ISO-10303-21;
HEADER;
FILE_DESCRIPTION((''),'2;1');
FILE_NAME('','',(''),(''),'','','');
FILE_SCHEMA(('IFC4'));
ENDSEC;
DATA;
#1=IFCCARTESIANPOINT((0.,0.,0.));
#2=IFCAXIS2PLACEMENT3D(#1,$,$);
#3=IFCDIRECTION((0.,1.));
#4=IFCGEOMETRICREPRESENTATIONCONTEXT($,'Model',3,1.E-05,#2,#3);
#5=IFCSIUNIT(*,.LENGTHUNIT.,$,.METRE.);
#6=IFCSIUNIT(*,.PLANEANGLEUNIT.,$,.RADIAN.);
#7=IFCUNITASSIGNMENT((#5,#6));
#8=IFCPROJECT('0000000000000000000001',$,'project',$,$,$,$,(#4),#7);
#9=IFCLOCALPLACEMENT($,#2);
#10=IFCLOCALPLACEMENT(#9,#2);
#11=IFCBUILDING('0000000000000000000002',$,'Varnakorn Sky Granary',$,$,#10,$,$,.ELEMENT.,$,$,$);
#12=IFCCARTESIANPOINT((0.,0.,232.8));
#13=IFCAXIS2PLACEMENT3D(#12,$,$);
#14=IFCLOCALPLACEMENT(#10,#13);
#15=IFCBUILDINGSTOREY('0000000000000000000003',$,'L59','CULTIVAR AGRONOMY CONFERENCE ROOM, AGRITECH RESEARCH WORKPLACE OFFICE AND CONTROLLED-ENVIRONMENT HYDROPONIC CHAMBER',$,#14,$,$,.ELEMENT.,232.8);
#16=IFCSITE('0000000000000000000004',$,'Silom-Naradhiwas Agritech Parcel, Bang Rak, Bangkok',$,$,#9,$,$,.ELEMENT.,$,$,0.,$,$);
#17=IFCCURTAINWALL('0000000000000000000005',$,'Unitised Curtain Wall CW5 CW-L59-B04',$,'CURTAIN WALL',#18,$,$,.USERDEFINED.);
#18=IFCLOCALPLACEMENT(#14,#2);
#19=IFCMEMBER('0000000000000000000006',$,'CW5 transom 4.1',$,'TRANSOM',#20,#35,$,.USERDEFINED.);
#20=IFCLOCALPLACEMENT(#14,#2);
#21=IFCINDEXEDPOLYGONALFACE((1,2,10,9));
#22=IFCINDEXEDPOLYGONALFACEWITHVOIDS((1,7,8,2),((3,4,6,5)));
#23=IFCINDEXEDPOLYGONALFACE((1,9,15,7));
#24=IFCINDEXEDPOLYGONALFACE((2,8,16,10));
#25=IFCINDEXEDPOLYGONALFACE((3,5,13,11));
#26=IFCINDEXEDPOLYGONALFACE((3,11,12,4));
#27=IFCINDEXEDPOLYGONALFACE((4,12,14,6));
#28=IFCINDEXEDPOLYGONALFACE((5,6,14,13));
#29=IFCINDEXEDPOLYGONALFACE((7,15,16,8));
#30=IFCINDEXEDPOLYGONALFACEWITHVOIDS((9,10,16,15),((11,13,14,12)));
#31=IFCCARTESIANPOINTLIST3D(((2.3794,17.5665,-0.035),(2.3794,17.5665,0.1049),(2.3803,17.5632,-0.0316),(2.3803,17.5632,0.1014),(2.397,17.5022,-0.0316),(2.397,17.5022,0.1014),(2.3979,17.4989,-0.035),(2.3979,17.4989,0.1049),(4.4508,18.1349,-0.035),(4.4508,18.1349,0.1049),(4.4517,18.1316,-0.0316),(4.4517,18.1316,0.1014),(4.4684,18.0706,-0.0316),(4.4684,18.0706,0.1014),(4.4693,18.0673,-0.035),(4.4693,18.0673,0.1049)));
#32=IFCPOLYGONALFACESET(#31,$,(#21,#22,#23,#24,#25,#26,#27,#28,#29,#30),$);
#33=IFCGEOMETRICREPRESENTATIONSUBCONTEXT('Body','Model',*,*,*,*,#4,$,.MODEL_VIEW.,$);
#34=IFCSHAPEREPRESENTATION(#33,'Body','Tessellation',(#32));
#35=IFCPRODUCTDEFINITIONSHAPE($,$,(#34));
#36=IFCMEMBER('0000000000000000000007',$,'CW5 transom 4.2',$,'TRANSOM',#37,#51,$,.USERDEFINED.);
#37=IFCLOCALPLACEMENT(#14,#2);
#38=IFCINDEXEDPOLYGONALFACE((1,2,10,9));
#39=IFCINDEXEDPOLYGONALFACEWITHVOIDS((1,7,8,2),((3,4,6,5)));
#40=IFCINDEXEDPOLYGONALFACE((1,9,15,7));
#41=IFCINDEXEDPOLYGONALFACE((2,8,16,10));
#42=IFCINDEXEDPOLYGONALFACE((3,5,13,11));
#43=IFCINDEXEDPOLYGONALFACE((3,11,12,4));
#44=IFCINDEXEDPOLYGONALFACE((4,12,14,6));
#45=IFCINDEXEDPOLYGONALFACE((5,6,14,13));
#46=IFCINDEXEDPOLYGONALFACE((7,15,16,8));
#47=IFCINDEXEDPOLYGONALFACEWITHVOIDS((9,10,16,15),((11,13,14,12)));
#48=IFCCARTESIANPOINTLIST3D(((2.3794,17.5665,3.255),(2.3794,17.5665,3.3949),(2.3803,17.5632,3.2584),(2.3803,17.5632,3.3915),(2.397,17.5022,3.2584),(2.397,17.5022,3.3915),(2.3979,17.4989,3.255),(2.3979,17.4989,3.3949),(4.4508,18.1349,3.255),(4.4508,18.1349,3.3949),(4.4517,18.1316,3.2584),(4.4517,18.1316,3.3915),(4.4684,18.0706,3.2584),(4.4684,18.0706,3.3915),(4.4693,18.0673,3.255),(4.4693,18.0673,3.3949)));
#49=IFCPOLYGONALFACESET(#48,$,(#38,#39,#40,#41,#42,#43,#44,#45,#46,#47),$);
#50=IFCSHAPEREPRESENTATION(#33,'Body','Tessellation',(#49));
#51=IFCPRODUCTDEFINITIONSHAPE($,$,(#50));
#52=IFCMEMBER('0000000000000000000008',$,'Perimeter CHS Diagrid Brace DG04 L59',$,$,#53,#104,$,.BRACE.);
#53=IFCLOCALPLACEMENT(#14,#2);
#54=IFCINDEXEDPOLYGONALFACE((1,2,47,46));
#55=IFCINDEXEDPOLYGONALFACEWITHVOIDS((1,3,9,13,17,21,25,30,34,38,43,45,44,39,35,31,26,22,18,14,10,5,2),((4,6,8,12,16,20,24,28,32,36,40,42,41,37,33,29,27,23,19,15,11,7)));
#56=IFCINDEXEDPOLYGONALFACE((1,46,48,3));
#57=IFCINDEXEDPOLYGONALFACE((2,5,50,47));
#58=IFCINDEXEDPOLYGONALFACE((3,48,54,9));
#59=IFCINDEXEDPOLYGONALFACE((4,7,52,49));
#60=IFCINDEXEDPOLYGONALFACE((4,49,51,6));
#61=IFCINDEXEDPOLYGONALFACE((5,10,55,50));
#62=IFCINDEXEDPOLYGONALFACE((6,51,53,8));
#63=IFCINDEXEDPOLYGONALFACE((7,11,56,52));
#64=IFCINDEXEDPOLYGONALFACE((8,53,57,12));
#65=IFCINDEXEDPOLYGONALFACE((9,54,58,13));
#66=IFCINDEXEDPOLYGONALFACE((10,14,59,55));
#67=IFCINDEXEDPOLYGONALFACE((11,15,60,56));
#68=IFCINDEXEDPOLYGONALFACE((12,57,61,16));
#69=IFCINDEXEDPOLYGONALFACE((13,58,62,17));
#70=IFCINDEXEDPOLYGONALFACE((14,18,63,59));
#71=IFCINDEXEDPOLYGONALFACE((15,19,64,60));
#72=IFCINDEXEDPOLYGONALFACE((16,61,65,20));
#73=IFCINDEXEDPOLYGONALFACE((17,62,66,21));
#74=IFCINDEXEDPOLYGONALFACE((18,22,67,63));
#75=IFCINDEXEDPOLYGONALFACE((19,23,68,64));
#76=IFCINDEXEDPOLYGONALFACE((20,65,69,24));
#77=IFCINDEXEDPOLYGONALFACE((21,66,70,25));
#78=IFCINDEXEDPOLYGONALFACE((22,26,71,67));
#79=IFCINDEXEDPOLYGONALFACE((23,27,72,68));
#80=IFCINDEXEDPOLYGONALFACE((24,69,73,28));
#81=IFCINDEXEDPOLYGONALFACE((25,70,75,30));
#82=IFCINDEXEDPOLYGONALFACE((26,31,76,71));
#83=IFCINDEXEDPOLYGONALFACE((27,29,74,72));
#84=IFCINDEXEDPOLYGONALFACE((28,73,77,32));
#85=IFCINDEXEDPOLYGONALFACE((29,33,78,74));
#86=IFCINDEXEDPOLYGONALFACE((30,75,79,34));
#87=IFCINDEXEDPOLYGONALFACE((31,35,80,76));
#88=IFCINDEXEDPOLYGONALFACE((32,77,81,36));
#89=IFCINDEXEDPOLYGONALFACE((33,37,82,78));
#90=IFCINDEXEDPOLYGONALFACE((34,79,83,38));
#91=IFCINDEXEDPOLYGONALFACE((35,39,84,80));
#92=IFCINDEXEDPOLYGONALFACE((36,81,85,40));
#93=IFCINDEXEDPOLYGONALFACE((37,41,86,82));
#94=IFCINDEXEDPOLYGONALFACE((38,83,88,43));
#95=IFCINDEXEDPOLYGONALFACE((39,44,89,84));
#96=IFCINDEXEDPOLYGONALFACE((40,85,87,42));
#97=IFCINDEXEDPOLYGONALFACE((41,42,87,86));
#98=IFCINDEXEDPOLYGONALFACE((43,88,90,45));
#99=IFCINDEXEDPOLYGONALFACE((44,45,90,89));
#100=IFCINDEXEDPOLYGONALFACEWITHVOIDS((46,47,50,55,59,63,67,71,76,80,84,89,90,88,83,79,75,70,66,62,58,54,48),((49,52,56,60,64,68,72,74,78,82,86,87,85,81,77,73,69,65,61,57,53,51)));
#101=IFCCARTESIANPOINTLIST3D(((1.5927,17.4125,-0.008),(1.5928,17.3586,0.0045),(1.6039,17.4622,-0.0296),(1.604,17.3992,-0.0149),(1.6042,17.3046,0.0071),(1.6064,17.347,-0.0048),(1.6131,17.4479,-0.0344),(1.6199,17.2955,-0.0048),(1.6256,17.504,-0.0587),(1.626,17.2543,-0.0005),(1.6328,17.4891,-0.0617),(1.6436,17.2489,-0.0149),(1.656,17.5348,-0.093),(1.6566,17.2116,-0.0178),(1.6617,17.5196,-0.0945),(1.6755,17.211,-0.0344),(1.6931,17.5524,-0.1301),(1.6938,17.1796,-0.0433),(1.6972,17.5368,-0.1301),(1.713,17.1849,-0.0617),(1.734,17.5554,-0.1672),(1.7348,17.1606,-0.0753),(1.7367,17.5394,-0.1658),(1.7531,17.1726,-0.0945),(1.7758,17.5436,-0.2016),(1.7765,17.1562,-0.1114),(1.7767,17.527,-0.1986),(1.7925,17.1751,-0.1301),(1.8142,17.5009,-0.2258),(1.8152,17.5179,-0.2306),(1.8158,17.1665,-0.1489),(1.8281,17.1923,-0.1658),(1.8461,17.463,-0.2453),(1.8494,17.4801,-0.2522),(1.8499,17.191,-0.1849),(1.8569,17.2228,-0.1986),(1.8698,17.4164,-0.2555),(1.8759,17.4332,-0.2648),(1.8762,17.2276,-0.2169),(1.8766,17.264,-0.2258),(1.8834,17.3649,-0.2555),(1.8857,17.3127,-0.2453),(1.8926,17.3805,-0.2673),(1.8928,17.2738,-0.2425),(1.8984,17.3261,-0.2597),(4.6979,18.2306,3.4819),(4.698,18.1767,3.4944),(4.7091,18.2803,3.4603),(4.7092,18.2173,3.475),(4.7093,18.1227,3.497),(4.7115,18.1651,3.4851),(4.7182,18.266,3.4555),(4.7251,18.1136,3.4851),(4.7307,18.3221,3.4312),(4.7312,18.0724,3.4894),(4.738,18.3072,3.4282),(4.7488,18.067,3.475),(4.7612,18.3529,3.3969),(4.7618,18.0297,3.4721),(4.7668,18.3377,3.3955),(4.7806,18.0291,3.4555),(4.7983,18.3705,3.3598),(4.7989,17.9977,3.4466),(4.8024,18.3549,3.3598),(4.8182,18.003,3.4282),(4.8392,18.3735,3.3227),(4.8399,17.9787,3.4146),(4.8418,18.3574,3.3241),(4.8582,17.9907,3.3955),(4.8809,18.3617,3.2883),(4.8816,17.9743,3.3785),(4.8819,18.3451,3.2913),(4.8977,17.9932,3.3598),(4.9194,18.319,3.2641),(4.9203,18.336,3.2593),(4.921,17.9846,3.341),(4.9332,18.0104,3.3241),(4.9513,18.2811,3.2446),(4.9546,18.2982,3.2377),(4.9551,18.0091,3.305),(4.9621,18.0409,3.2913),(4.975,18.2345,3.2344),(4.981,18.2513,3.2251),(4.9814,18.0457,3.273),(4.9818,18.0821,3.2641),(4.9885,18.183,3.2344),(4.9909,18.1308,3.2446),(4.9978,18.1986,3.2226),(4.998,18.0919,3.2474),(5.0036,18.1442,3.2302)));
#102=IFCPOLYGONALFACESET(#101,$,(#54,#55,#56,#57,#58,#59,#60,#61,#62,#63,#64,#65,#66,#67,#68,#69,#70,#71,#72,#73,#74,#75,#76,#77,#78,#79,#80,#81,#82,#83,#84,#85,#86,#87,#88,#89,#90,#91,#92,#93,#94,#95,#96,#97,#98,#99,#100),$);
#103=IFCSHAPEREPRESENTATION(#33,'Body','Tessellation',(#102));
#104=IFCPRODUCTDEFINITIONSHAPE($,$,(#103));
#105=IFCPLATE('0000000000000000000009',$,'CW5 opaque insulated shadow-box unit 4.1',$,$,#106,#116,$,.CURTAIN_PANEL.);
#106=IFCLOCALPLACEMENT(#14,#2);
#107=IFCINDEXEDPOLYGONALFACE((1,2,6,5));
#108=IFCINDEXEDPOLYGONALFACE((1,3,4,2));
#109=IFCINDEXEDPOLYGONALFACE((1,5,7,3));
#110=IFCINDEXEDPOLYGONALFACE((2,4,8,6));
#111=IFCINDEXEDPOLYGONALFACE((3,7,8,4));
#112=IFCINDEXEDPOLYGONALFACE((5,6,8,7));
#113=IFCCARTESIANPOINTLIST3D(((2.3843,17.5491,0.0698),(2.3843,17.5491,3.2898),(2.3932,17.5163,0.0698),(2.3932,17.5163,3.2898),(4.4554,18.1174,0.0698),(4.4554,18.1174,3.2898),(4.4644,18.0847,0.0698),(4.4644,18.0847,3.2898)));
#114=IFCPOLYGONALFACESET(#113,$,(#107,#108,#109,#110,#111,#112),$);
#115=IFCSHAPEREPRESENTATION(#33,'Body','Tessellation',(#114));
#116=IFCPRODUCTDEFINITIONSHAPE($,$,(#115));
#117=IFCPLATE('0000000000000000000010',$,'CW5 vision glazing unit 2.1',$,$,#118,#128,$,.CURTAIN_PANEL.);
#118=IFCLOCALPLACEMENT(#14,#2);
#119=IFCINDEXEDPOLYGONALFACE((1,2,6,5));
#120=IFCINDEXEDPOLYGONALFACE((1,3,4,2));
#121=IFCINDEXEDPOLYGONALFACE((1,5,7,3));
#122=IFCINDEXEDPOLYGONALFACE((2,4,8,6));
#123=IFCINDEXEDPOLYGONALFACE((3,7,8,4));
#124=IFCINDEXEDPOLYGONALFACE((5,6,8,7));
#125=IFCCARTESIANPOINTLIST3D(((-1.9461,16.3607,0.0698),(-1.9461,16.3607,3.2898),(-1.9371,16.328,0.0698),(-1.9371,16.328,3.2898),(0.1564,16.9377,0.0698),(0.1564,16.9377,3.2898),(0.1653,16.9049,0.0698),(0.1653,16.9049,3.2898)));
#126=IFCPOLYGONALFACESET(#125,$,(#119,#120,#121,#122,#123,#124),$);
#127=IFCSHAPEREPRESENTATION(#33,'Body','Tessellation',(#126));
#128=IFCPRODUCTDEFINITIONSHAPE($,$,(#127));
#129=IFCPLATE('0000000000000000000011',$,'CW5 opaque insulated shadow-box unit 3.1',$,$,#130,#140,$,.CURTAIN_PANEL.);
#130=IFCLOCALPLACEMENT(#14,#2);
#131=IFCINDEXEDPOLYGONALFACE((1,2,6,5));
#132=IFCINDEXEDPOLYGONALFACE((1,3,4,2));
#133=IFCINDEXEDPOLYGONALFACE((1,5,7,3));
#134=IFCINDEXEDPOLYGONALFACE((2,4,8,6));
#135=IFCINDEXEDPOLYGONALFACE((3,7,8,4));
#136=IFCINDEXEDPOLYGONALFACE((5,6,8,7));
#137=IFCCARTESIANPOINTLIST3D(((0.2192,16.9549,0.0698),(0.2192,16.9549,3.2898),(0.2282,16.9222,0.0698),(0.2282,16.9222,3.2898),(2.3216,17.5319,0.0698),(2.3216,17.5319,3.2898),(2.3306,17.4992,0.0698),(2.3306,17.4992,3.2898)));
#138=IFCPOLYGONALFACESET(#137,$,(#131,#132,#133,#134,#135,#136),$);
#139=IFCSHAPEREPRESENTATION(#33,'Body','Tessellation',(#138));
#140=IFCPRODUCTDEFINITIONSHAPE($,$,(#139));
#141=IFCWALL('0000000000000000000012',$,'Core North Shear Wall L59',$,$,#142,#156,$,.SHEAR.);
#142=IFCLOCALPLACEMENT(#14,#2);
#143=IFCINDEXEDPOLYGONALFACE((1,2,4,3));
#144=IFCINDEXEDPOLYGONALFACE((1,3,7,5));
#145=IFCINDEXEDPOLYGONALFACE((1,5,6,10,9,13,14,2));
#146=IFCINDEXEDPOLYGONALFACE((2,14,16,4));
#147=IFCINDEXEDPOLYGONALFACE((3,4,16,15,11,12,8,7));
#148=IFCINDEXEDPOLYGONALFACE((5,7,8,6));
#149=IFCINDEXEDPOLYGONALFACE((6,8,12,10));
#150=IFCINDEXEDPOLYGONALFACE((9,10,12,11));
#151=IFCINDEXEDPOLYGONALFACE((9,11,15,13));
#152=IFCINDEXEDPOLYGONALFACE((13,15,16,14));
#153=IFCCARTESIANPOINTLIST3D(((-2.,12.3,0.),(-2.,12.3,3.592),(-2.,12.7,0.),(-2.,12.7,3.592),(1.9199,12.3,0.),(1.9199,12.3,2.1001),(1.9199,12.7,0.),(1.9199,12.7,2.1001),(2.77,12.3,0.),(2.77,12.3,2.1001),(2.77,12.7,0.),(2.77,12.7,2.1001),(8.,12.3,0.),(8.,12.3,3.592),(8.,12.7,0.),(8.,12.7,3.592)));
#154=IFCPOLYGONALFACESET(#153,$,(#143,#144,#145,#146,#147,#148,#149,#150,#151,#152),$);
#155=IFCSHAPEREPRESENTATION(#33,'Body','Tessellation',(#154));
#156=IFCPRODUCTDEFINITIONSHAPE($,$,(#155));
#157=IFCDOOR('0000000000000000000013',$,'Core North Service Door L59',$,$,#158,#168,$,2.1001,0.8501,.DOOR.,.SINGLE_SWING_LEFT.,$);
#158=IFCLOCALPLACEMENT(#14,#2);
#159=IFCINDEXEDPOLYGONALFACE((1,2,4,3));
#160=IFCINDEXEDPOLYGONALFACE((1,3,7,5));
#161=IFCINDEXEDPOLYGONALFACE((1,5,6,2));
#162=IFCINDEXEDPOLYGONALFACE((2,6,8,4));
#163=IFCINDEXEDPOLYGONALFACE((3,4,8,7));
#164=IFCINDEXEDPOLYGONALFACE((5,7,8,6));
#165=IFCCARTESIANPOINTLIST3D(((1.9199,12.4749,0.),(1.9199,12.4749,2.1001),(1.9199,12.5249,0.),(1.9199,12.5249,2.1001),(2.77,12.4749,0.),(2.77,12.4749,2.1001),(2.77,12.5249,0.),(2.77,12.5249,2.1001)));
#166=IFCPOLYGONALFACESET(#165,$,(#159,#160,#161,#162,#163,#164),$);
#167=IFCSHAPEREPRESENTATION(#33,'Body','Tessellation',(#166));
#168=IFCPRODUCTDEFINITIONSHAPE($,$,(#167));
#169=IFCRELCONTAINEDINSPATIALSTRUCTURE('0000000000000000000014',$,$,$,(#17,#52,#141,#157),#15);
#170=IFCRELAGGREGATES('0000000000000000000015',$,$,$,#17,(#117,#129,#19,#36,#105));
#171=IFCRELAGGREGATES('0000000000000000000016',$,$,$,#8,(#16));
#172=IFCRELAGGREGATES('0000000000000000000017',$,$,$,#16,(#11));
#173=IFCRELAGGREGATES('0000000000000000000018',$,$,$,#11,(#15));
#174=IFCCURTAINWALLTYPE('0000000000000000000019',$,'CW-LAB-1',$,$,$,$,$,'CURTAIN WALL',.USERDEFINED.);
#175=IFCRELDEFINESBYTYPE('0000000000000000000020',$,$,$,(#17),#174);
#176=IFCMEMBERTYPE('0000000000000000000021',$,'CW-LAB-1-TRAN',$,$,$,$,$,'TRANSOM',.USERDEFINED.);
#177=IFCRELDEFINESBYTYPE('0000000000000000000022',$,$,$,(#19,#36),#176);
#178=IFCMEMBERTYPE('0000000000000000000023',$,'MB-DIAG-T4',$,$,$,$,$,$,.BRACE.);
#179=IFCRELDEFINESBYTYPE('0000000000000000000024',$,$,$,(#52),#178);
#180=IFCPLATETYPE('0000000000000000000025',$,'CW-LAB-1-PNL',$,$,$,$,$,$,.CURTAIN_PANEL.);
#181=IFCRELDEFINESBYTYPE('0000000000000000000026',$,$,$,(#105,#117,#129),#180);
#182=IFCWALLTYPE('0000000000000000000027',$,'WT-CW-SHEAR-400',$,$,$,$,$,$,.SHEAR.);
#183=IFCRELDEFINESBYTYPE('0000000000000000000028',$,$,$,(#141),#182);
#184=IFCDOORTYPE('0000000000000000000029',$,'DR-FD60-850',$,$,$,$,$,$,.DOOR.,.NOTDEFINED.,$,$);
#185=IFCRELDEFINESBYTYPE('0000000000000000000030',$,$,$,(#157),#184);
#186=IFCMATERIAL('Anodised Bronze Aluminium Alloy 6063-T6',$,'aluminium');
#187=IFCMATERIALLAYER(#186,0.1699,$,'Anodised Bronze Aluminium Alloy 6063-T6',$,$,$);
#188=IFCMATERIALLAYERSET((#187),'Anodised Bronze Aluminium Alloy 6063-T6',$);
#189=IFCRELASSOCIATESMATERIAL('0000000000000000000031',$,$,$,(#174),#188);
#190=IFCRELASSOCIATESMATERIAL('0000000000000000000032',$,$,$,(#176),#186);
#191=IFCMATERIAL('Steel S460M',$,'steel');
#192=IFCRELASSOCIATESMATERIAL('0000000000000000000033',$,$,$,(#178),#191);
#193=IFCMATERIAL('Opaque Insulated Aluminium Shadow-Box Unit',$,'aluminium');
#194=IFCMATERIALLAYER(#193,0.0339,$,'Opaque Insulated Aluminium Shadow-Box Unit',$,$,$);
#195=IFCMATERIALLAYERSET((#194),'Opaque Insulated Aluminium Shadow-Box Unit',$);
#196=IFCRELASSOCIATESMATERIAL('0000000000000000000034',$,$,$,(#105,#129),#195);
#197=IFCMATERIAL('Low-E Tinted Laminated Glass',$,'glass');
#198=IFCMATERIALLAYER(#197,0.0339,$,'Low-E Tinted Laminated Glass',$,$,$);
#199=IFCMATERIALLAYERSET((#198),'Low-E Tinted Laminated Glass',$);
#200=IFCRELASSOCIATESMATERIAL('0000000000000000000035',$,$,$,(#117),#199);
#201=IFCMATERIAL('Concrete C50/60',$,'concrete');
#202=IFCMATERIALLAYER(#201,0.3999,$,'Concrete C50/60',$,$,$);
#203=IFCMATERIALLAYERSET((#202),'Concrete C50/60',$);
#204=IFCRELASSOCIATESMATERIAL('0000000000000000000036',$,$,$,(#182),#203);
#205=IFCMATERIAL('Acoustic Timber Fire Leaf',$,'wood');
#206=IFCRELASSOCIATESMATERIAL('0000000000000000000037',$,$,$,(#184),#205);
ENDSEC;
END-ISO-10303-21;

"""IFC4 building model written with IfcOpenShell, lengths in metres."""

from ifc_helpers import new_model, si_unit, direction, frame, frame_2d, origin, origin_2d, place, context, subcontext, project, spatial, rectangle, hollow_rectangle, hollow_circle, extrude, source, transform, mapped, material, layer, layer_set, material_profile, profile_set, type_object, type_shapes, element, fill, aggregate, save


model = new_model("IFC4")

# Units and contexts
model_context = context("Model", 3, precision=1e-05, world=origin(), true_north=direction((0.0, 1.0)))
body_context = subcontext(model_context, "Body", "Model", "MODEL_VIEW")
ifc_project = project(units=[si_unit("LENGTHUNIT", "METRE"), si_unit("PLANEANGLEUNIT", "RADIAN")], contexts=[model_context])

# Site, building, storey
site_placement = place(None, origin())
site = spatial("IfcSite", under=ifc_project, at=site_placement, Name="Silom-Naradhiwas Agritech Parcel, Bang Rak, Bangkok", CompositionType="ELEMENT", RefElevation=0.0)
building_placement = place(site_placement, origin())
building = spatial("IfcBuilding", under=site, at=building_placement, Name="Varnakorn Sky Granary", CompositionType="ELEMENT")
storey_placement = place(building_placement, frame((0.0, 0.0, 232.8)))
storey = spatial("IfcBuildingStorey", under=building, at=storey_placement, Name="L59", Description="CULTIVAR AGRONOMY CONFERENCE ROOM, AGRITECH RESEARCH WORKPLACE OFFICE AND CONTROLLED-ENVIRONMENT HYDROPONIC CHAMBER", CompositionType="ELEMENT", Elevation=232.8)

# Curtain wall, members
ifc_material_1 = material(Name="Anodised Bronze Aluminium Alloy 6063-T6", Category="aluminium")
ifc_layer_1 = layer(ifc_material_1, 0.1699, Name="Anodised Bronze Aluminium Alloy 6063-T6")
ifc_layer_set_1 = layer_set([ifc_layer_1], Name="Anodised Bronze Aluminium Alloy 6063-T6")
curtain_wall_type = type_object("IfcCurtainWallType", Name="CW-LAB-1", ElementType="CURTAIN WALL", PredefinedType="USERDEFINED", material=ifc_layer_set_1)
curtain_wall_placement = place(storey_placement, origin())
curtain_wall = element("IfcCurtainWall", 1, at=curtain_wall_placement, inside=storey, type_object=curtain_wall_type, Name="Unitised Curtain Wall CW5 CW-L59-B04", ObjectType="CURTAIN WALL", PredefinedType="USERDEFINED")
ifc_material_profile_1 = material_profile(ifc_material_1, hollow_rectangle(XDim=0.0701, YDim=0.1399, WallThickness=0.0034, at=origin_2d()), Name="ALU TRAN 70x140")
ifc_profile_set_1 = profile_set([ifc_material_profile_1], Name="Anodised Bronze Aluminium Alloy 6063-T6")
member_type_1 = type_object("IfcMemberType", Name="CW-LAB-1-TRAN", ElementType="TRANSOM", PredefinedType="USERDEFINED", material=ifc_profile_set_1)
member_1_placement = place(storey_placement, frame((2.3887, 17.5327, 0.0349), z_axis=(0.964353, 0.264617, 0.0), x_axis=(-0.264617, 0.964353, 0.0)))
member_1 = element("IfcMember", 2, at=member_1_placement, type_object=member_type_1, Name="CW5 transom 4.1", ObjectType="TRANSOM", PredefinedType="USERDEFINED", context=body_context, shape_type="SweptSolid", body=[
    extrude(hollow_rectangle(XDim=0.0701, YDim=0.1399, WallThickness=0.0034, at=origin_2d()), origin(), (0.0, 0.0, 1.0), 2.1479),
])
member_2_placement = place(storey_placement, frame((2.3887, 17.5327, 3.325), z_axis=(0.964353, 0.264617, 0.0), x_axis=(-0.264617, 0.964353, 0.0)))
member_2 = element("IfcMember", 3, at=member_2_placement, type_object=member_type_1, Name="CW5 transom 4.2", ObjectType="TRANSOM", PredefinedType="USERDEFINED", context=body_context, shape_type="SweptSolid", body=[
    extrude(hollow_rectangle(XDim=0.0701, YDim=0.1399, WallThickness=0.0034, at=origin_2d()), origin(), (0.0, 0.0, 1.0), 2.1479),
])

# Member
ifc_material_2 = material(Name="Steel S460M", Category="steel")
ifc_material_profile_2 = material_profile(ifc_material_2, hollow_circle(Radius=0.2031, WallThickness=0.0161, at=origin_2d()), Name="CHS 406.4x16")
ifc_profile_set_2 = profile_set([ifc_material_profile_2], Name="Steel S460M")
member_type_2 = type_object("IfcMemberType", Name="MB-DIAG-T4", PredefinedType="BRACE", material=ifc_profile_set_2)
member_3_placement = place(storey_placement, frame((1.7449, 17.356, -0.1301), z_axis=(0.654759, 0.172505, 0.735889), x_axis=(-0.25477, 0.967002, 0.0)))
element("IfcMember", 4, at=member_3_placement, inside=storey, type_object=member_type_2, Name="Perimeter CHS Diagrid Brace DG04 L59", PredefinedType="BRACE", context=body_context, shape_type="SweptSolid", body=[
    extrude(hollow_circle(Radius=0.2031, WallThickness=0.0161, at=origin_2d()), origin(), (0.0, 0.0, 1.0), 4.7424),
])

# Plates
ifc_material_3 = material(Name="Opaque Insulated Aluminium Shadow-Box Unit", Category="aluminium")
ifc_layer_2 = layer(ifc_material_3, 0.0339, Name="Opaque Insulated Aluminium Shadow-Box Unit")
ifc_layer_set_2 = layer_set([ifc_layer_2], Name="Opaque Insulated Aluminium Shadow-Box Unit")
plate_type = type_object("IfcPlateType", Name="CW-LAB-1-PNL", PredefinedType="CURTAIN_PANEL")
shared_shape_1 = source(origin(), body_context, "Body", "SweptSolid", [
    extrude(rectangle(XDim=2.1477, YDim=0.0339, at=origin_2d()), origin(), (0.0, 0.0, 1.0), 3.22),
])
plate_1_placement = place(storey_placement, frame((3.4243, 17.8169, 0.0698), z_axis=(0.0, 0.0, 1.0), x_axis=(0.964347, 0.26464, 0.0)))
plate_1 = element("IfcPlate", 5, at=plate_1_placement, type_object=plate_type, material=ifc_layer_set_2, Name="CW5 opaque insulated shadow-box unit 4.1", PredefinedType="CURTAIN_PANEL", context=body_context, shape_type="MappedRepresentation", body=[
    mapped(shared_shape_1, transform((0.0, 0.0, 0.0), x_axis=(1.0, 0.0, 0.0), y_axis=(0.0, 1.0, 0.0), z_axis=(0.0, 0.0, 1.0), scale=1.0)),
])
ifc_material_4 = material(Name="Low-E Tinted Laminated Glass", Category="glass")
ifc_layer_3 = layer(ifc_material_4, 0.0339, Name="Low-E Tinted Laminated Glass")
ifc_layer_set_3 = layer_set([ifc_layer_3], Name="Low-E Tinted Laminated Glass")
shared_shape_2 = source(origin(), body_context, "Body", "SweptSolid", [
    extrude(rectangle(XDim=2.1802, YDim=0.0339, at=origin_2d()), origin(), (0.0, 0.0, 1.0), 3.22),
])
type_shapes(plate_type, [shared_shape_1, shared_shape_2])
plate_2_placement = place(storey_placement, frame((-0.8904, 16.6328, 0.0698), z_axis=(0.0, 0.0, 1.0), x_axis=(0.964347, 0.26464, 0.0)))
plate_2 = element("IfcPlate", 6, at=plate_2_placement, type_object=plate_type, material=ifc_layer_set_3, Name="CW5 vision glazing unit 2.1", PredefinedType="CURTAIN_PANEL", context=body_context, shape_type="MappedRepresentation", body=[
    mapped(shared_shape_2, transform((0.0, 0.0, 0.0), x_axis=(1.0, 0.0, 0.0), y_axis=(0.0, 1.0, 0.0), z_axis=(0.0, 0.0, 1.0), scale=1.0)),
])
plate_3_placement = place(storey_placement, frame((1.2749, 17.2271, 0.0698), z_axis=(0.0, 0.0, 1.0), x_axis=(0.964347, 0.26464, 0.0)))
plate_3 = element("IfcPlate", 7, at=plate_3_placement, type_object=plate_type, material=ifc_layer_set_2, Name="CW5 opaque insulated shadow-box unit 3.1", PredefinedType="CURTAIN_PANEL", context=body_context, shape_type="MappedRepresentation", body=[
    mapped(shared_shape_2, transform((0.0, 0.0, 0.0), x_axis=(1.0, 0.0, 0.0), y_axis=(0.0, 1.0, 0.0), z_axis=(0.0, 0.0, 1.0), scale=1.0)),
])
aggregate(curtain_wall, [plate_2, plate_3, member_1, member_2, plate_1])

# Wall, opening, door
ifc_material_5 = material(Name="Concrete C50/60", Category="concrete")
ifc_layer_4 = layer(ifc_material_5, 0.3999, Name="Concrete C50/60")
ifc_layer_set_4 = layer_set([ifc_layer_4], Name="Concrete C50/60")
wall_type_1 = type_object("IfcWallType", Name="WT-CW-SHEAR-400", PredefinedType="SHEAR", material=ifc_layer_set_4)
wall_1_placement = place(storey_placement, frame((-2.0, 12.5, 0.0), z_axis=(0.0, 0.0, 1.0), x_axis=(1.0, 0.0, 0.0)))
wall_1 = element("IfcWall", 8, at=wall_1_placement, inside=storey, type_object=wall_type_1, Name="Core North Shear Wall L59", PredefinedType="SHEAR", context=body_context, shape_type="SweptSolid", body=[
    extrude(rectangle(XDim=10.0, YDim=0.3999, at=frame_2d((5.0, 0.0))), origin(), (0.0, 0.0, 1.0), 3.592),
])
opening_1_placement = place(wall_1_placement, frame((3.9199, 0.0, 0.0)))
opening_1 = element("IfcOpeningElement", 9, at=opening_1_placement, cuts=wall_1, PredefinedType="OPENING", context=body_context, shape_type="SweptSolid", body=[
    extrude(rectangle(XDim=0.8501, YDim=2.1001, at=frame_2d((0.425, 1.05))), frame((0.0, 0.21, 0.0), z_axis=(0.0, -1.0, 0.0), x_axis=(1.0, 0.0, 0.0)), (0.0, 0.0, 1.0), 0.4199),
])
ifc_material_6 = material(Name="Acoustic Timber Fire Leaf", Category="wood")
door_type_1 = type_object("IfcDoorType", Name="DR-FD60-850", OperationType="NOTDEFINED", PredefinedType="DOOR", material=ifc_material_6)
door_1_placement = place(opening_1_placement, origin())
door_1 = element("IfcDoor", 10, at=door_1_placement, inside=storey, type_object=door_type_1, Name="Core North Service Door L59", OperationType="SINGLE_SWING_LEFT", OverallHeight=2.1001, OverallWidth=0.8501, PredefinedType="DOOR", context=body_context, shape_type="SweptSolid", body=[
    extrude(rectangle(XDim=0.8501, YDim=2.1001, at=frame_2d((0.425, 1.05))), frame((0.0, 0.0249, 0.0), z_axis=(0.0, -1.0, 0.0), x_axis=(1.0, 0.0, 0.0)), (0.0, 0.0, 1.0), 0.05),
])
fill(opening_1, door_1)

save(model, "model.ifc")
